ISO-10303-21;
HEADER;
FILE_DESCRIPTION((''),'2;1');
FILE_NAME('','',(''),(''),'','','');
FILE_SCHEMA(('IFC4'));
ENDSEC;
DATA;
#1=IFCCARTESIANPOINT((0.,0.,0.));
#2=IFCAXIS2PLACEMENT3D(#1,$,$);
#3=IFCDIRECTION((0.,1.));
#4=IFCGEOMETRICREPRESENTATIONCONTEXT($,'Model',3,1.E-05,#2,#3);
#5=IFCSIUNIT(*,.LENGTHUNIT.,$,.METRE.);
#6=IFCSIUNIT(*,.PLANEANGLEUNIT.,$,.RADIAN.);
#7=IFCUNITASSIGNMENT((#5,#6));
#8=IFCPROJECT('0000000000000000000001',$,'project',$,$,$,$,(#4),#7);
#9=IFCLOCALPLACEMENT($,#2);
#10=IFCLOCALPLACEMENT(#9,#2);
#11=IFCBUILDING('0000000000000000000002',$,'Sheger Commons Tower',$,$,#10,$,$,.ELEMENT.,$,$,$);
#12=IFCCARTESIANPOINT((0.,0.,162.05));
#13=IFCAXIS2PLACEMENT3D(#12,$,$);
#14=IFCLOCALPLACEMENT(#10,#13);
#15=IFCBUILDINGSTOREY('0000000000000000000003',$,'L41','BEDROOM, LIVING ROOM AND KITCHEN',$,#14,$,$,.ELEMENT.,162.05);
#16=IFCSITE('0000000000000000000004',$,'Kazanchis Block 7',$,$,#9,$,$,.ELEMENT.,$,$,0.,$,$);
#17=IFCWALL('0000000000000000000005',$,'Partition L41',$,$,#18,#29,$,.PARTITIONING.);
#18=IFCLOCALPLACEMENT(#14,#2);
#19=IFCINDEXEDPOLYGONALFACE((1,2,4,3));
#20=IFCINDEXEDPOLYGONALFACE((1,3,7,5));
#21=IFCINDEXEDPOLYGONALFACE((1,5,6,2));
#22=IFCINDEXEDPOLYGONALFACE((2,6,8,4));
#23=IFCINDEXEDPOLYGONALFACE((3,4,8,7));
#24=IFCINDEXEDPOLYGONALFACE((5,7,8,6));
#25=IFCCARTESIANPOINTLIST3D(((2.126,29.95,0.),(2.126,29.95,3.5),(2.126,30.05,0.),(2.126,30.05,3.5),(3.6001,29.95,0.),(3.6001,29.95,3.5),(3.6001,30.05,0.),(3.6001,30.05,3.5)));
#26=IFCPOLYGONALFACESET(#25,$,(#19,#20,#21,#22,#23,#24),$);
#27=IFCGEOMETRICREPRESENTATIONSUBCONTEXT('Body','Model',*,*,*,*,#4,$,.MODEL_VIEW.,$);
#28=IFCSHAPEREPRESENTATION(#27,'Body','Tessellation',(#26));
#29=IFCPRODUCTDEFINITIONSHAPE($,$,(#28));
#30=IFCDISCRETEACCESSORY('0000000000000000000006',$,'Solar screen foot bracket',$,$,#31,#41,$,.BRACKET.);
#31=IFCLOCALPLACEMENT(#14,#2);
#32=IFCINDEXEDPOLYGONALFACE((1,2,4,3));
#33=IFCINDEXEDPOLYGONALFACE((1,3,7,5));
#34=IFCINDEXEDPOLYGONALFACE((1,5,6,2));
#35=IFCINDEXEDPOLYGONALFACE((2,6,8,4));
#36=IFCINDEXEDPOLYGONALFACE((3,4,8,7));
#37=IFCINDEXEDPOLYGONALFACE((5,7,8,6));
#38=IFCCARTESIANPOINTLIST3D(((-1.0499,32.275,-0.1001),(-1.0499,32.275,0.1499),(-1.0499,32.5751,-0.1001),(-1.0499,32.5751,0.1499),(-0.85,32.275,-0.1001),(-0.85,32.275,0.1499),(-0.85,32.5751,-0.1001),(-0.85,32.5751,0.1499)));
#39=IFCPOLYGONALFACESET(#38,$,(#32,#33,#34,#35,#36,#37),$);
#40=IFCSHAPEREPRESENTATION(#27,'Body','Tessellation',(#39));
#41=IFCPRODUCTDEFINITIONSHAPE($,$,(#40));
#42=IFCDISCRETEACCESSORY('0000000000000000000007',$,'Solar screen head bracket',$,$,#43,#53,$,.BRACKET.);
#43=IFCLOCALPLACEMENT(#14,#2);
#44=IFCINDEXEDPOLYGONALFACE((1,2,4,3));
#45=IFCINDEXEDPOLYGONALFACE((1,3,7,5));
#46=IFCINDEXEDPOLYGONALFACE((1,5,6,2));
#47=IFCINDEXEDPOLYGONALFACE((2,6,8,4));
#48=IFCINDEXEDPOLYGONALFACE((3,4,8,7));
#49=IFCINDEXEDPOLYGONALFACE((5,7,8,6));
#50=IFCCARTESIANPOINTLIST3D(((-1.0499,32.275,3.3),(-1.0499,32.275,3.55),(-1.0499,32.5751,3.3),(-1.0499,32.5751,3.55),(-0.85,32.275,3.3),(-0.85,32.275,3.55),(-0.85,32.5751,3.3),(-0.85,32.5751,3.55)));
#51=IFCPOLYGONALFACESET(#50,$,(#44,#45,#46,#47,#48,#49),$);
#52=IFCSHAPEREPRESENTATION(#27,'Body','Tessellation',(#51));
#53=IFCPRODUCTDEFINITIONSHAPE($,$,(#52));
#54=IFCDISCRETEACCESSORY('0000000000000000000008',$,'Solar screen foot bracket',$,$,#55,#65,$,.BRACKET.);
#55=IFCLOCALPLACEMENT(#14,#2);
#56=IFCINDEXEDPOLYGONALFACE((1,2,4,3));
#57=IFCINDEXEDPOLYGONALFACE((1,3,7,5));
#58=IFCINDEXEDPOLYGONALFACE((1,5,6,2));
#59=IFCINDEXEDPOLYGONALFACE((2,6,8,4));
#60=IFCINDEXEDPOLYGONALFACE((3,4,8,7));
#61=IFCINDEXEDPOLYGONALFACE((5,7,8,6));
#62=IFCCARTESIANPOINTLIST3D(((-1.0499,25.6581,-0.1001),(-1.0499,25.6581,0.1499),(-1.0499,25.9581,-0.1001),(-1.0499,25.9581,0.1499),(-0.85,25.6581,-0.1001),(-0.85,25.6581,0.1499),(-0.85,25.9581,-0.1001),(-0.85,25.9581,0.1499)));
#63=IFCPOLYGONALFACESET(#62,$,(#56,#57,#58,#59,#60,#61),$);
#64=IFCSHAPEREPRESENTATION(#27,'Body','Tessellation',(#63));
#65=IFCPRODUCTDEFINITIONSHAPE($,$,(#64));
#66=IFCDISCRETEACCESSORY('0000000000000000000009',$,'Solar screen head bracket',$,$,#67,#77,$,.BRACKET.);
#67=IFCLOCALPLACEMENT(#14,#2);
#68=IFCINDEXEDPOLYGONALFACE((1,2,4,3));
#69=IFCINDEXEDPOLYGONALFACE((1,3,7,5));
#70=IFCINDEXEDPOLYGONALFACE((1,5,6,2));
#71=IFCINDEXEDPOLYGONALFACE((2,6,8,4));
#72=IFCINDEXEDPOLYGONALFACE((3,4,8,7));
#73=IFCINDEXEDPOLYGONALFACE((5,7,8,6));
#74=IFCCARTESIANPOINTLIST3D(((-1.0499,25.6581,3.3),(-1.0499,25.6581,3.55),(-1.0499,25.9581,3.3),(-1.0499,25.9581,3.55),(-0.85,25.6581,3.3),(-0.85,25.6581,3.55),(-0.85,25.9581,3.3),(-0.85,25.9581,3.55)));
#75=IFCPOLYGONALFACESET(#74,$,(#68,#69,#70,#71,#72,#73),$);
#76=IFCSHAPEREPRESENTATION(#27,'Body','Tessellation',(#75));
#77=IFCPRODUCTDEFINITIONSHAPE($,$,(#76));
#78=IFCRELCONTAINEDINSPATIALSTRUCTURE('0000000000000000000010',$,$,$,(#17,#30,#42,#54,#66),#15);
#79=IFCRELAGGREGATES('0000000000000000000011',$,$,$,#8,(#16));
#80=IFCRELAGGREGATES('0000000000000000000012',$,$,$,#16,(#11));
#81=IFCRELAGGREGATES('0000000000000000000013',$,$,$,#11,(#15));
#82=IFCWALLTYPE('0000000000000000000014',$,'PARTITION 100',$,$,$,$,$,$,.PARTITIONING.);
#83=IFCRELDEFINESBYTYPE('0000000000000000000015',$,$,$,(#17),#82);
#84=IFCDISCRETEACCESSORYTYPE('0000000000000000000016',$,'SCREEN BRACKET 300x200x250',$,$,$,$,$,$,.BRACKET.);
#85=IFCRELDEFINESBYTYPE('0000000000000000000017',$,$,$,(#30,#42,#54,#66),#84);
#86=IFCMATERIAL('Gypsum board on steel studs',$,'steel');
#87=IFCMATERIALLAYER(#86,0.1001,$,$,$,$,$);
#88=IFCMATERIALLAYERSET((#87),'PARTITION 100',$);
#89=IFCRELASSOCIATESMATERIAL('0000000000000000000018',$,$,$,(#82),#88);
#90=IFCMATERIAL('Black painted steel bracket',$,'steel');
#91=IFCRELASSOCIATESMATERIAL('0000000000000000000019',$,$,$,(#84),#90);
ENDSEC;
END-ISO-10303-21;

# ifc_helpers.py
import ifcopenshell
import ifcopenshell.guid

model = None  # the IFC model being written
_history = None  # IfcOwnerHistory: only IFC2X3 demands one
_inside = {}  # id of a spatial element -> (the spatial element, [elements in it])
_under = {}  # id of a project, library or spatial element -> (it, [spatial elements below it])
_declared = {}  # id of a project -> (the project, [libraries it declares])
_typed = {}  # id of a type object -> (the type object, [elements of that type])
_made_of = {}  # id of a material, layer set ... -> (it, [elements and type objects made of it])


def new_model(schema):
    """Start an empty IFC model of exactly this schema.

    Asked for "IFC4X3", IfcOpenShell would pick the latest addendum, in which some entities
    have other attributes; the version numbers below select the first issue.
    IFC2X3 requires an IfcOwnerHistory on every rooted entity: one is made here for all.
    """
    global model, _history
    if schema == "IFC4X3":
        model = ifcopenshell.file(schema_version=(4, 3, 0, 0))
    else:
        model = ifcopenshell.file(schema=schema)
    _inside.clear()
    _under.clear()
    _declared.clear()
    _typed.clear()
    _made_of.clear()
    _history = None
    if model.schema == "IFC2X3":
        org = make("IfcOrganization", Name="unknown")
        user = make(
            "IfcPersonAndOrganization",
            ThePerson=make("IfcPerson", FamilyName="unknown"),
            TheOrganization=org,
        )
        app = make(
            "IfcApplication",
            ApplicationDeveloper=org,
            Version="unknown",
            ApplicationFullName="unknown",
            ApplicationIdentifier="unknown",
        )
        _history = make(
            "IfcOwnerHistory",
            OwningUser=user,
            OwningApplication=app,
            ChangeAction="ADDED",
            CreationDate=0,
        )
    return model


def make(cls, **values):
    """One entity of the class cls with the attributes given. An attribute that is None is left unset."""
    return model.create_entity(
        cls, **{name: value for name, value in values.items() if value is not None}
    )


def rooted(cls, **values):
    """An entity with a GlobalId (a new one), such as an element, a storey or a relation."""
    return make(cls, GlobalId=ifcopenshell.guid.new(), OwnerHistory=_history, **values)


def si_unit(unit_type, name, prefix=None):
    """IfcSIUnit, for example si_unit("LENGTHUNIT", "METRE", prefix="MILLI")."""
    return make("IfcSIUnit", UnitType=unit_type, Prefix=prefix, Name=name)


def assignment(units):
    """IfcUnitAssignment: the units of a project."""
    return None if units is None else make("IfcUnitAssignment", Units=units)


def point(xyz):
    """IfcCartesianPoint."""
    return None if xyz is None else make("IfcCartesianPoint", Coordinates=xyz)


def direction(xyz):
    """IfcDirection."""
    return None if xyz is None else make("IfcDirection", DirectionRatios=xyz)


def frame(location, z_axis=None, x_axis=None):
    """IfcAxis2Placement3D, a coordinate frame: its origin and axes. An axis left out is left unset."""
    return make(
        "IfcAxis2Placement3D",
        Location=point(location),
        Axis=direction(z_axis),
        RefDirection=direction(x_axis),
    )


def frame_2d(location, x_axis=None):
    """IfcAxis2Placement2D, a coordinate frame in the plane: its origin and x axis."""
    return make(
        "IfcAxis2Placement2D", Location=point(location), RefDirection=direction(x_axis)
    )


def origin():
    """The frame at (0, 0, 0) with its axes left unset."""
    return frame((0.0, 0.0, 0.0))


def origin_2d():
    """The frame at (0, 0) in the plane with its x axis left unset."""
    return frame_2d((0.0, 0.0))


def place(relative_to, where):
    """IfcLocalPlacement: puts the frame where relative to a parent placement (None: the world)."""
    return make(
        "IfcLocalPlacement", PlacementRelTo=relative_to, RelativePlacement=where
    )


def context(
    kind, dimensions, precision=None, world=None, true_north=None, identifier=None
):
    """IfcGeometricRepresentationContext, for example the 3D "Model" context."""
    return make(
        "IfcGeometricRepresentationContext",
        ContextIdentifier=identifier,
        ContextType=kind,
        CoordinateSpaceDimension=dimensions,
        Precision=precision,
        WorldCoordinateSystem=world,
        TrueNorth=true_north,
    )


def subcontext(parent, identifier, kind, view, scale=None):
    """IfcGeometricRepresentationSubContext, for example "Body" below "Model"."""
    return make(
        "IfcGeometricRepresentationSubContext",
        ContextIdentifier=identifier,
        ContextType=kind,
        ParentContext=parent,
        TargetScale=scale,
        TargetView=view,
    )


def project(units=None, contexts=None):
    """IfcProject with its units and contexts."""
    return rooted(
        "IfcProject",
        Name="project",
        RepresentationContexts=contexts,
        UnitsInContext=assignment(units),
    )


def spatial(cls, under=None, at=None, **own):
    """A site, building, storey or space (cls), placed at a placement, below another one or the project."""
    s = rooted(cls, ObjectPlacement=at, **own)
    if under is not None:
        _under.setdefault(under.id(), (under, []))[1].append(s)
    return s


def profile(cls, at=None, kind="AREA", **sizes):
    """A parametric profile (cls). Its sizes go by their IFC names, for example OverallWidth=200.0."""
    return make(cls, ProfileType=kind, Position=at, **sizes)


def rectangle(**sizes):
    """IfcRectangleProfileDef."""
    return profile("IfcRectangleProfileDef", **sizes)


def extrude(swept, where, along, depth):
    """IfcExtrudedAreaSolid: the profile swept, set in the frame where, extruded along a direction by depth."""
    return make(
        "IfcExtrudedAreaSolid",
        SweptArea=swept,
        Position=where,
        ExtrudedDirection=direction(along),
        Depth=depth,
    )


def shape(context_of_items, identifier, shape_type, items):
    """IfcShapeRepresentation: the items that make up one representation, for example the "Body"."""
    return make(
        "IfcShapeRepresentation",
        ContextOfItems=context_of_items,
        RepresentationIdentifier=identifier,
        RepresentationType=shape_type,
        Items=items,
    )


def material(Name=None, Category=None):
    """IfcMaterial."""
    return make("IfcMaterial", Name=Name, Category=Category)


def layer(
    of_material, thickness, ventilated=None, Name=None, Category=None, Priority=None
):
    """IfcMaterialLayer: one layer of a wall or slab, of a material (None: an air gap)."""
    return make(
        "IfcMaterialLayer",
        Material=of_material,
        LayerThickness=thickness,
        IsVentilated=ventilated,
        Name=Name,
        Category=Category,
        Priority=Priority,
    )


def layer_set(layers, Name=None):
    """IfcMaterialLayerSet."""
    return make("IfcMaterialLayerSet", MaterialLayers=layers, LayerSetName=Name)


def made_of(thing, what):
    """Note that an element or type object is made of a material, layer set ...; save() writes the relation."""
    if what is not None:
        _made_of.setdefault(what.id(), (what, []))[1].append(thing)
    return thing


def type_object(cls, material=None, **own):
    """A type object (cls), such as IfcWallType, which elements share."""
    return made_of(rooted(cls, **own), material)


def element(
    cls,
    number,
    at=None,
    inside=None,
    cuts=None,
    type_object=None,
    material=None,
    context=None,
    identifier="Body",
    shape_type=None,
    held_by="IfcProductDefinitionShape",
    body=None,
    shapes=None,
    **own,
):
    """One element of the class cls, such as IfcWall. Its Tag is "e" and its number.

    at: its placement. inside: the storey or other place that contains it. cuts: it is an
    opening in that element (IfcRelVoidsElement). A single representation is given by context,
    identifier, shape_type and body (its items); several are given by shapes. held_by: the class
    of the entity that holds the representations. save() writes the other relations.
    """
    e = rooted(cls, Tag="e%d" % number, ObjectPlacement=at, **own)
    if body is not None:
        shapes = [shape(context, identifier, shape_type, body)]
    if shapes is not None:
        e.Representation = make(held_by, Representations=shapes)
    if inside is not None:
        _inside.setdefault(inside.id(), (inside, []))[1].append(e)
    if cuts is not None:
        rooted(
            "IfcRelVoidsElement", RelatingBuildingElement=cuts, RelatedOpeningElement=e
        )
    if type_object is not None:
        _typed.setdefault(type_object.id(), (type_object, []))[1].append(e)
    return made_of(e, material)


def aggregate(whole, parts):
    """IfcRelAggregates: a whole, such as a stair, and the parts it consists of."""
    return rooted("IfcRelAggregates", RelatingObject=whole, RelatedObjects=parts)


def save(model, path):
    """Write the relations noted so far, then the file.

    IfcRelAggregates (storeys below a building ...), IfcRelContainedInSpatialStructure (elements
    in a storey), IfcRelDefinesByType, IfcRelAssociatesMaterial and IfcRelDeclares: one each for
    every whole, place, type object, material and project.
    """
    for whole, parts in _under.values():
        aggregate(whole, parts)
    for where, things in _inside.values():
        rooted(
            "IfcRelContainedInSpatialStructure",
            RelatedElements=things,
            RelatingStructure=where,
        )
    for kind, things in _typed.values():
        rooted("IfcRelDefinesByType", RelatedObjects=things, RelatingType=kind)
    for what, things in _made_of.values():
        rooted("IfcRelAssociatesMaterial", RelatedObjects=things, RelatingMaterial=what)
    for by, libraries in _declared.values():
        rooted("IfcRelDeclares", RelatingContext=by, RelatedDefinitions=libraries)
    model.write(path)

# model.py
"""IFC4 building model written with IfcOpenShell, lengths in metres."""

from ifc_helpers import new_model, si_unit, direction, frame, frame_2d, origin, origin_2d, place, context, subcontext, project, spatial, rectangle, extrude, material, layer, layer_set, type_object, element, save


model = new_model("IFC4")

# Units and contexts
model_context = context("Model", 3, precision=1e-05, world=origin(), true_north=direction((0.0, 1.0)))
body_context = subcontext(model_context, "Body", "Model", "MODEL_VIEW")
ifc_project = project(units=[si_unit("LENGTHUNIT", "METRE"), si_unit("PLANEANGLEUNIT", "RADIAN")], contexts=[model_context])

# Site, building, storey
site_placement = place(None, origin())
site = spatial("IfcSite", under=ifc_project, at=site_placement, Name="Kazanchis Block 7", CompositionType="ELEMENT", RefElevation=0.0)
building_placement = place(site_placement, origin())
building = spatial("IfcBuilding", under=site, at=building_placement, Name="Sheger Commons Tower", CompositionType="ELEMENT")
storey_placement = place(building_placement, frame((0.0, 0.0, 162.05)))
storey = spatial("IfcBuildingStorey", under=building, at=storey_placement, Name="L41", Description="BEDROOM, LIVING ROOM AND KITCHEN", CompositionType="ELEMENT", Elevation=162.05)

# Shared definitions
ifc_material_1 = material(Name="Gypsum board on steel studs", Category="steel")
ifc_layer_1 = layer(ifc_material_1, 0.1001)
ifc_layer_set_1 = layer_set([ifc_layer_1], Name="PARTITION 100")
wall_type_1 = type_object("IfcWallType", Name="PARTITION 100", PredefinedType="PARTITIONING", material=ifc_layer_set_1)

# Wall
wall_1_placement = place(storey_placement, frame((2.126, 30.0, 0.0), z_axis=(0.0, 0.0, 1.0), x_axis=(1.0, 0.0, 0.0)))
element("IfcWall", 1, at=wall_1_placement, inside=storey, type_object=wall_type_1, Name="Partition L41", PredefinedType="PARTITIONING", context=body_context, shape_type="SweptSolid", body=[
    extrude(rectangle(XDim=1.4741, YDim=0.1001, at=frame_2d((0.7371, 0.0))), origin(), (0.0, 0.0, 1.0), 3.5),
])

# Discrete accessories
ifc_material_2 = material(Name="Black painted steel bracket", Category="steel")
discrete_accessory_type = type_object("IfcDiscreteAccessoryType", Name="SCREEN BRACKET 300x200x250", PredefinedType="BRACKET", material=ifc_material_2)
for number, where, z_axis, x_axis, name in (
    (2, (-0.95, 32.425, -0.1001), (0.0, 0.0, 1.0), (0.0, -1.0, 0.0), "Solar screen foot bracket"),
    (3, (-0.95, 32.425, 3.3), (0.0, 0.0, 1.0), (0.0, -1.0, 0.0), "Solar screen head bracket"),
    (4, (-0.95, 25.8081, -0.1001), (0.0, 0.0, 1.0), (0.0, -1.0, 0.0), "Solar screen foot bracket"),
    (5, (-0.95, 25.8081, 3.3), (0.0, 0.0, 1.0), (0.0, -1.0, 0.0), "Solar screen head bracket"),
):
    element("IfcDiscreteAccessory", number, at=place(storey_placement, frame(where, z_axis=z_axis, x_axis=x_axis)), inside=storey, type_object=discrete_accessory_type, Name=name, PredefinedType="BRACKET", context=body_context, shape_type="SweptSolid", body=[
        extrude(rectangle(XDim=0.3, YDim=0.2, at=origin_2d()), origin(), (0.0, 0.0, 1.0), 0.25),
    ])

save(model, "model.ifc")
